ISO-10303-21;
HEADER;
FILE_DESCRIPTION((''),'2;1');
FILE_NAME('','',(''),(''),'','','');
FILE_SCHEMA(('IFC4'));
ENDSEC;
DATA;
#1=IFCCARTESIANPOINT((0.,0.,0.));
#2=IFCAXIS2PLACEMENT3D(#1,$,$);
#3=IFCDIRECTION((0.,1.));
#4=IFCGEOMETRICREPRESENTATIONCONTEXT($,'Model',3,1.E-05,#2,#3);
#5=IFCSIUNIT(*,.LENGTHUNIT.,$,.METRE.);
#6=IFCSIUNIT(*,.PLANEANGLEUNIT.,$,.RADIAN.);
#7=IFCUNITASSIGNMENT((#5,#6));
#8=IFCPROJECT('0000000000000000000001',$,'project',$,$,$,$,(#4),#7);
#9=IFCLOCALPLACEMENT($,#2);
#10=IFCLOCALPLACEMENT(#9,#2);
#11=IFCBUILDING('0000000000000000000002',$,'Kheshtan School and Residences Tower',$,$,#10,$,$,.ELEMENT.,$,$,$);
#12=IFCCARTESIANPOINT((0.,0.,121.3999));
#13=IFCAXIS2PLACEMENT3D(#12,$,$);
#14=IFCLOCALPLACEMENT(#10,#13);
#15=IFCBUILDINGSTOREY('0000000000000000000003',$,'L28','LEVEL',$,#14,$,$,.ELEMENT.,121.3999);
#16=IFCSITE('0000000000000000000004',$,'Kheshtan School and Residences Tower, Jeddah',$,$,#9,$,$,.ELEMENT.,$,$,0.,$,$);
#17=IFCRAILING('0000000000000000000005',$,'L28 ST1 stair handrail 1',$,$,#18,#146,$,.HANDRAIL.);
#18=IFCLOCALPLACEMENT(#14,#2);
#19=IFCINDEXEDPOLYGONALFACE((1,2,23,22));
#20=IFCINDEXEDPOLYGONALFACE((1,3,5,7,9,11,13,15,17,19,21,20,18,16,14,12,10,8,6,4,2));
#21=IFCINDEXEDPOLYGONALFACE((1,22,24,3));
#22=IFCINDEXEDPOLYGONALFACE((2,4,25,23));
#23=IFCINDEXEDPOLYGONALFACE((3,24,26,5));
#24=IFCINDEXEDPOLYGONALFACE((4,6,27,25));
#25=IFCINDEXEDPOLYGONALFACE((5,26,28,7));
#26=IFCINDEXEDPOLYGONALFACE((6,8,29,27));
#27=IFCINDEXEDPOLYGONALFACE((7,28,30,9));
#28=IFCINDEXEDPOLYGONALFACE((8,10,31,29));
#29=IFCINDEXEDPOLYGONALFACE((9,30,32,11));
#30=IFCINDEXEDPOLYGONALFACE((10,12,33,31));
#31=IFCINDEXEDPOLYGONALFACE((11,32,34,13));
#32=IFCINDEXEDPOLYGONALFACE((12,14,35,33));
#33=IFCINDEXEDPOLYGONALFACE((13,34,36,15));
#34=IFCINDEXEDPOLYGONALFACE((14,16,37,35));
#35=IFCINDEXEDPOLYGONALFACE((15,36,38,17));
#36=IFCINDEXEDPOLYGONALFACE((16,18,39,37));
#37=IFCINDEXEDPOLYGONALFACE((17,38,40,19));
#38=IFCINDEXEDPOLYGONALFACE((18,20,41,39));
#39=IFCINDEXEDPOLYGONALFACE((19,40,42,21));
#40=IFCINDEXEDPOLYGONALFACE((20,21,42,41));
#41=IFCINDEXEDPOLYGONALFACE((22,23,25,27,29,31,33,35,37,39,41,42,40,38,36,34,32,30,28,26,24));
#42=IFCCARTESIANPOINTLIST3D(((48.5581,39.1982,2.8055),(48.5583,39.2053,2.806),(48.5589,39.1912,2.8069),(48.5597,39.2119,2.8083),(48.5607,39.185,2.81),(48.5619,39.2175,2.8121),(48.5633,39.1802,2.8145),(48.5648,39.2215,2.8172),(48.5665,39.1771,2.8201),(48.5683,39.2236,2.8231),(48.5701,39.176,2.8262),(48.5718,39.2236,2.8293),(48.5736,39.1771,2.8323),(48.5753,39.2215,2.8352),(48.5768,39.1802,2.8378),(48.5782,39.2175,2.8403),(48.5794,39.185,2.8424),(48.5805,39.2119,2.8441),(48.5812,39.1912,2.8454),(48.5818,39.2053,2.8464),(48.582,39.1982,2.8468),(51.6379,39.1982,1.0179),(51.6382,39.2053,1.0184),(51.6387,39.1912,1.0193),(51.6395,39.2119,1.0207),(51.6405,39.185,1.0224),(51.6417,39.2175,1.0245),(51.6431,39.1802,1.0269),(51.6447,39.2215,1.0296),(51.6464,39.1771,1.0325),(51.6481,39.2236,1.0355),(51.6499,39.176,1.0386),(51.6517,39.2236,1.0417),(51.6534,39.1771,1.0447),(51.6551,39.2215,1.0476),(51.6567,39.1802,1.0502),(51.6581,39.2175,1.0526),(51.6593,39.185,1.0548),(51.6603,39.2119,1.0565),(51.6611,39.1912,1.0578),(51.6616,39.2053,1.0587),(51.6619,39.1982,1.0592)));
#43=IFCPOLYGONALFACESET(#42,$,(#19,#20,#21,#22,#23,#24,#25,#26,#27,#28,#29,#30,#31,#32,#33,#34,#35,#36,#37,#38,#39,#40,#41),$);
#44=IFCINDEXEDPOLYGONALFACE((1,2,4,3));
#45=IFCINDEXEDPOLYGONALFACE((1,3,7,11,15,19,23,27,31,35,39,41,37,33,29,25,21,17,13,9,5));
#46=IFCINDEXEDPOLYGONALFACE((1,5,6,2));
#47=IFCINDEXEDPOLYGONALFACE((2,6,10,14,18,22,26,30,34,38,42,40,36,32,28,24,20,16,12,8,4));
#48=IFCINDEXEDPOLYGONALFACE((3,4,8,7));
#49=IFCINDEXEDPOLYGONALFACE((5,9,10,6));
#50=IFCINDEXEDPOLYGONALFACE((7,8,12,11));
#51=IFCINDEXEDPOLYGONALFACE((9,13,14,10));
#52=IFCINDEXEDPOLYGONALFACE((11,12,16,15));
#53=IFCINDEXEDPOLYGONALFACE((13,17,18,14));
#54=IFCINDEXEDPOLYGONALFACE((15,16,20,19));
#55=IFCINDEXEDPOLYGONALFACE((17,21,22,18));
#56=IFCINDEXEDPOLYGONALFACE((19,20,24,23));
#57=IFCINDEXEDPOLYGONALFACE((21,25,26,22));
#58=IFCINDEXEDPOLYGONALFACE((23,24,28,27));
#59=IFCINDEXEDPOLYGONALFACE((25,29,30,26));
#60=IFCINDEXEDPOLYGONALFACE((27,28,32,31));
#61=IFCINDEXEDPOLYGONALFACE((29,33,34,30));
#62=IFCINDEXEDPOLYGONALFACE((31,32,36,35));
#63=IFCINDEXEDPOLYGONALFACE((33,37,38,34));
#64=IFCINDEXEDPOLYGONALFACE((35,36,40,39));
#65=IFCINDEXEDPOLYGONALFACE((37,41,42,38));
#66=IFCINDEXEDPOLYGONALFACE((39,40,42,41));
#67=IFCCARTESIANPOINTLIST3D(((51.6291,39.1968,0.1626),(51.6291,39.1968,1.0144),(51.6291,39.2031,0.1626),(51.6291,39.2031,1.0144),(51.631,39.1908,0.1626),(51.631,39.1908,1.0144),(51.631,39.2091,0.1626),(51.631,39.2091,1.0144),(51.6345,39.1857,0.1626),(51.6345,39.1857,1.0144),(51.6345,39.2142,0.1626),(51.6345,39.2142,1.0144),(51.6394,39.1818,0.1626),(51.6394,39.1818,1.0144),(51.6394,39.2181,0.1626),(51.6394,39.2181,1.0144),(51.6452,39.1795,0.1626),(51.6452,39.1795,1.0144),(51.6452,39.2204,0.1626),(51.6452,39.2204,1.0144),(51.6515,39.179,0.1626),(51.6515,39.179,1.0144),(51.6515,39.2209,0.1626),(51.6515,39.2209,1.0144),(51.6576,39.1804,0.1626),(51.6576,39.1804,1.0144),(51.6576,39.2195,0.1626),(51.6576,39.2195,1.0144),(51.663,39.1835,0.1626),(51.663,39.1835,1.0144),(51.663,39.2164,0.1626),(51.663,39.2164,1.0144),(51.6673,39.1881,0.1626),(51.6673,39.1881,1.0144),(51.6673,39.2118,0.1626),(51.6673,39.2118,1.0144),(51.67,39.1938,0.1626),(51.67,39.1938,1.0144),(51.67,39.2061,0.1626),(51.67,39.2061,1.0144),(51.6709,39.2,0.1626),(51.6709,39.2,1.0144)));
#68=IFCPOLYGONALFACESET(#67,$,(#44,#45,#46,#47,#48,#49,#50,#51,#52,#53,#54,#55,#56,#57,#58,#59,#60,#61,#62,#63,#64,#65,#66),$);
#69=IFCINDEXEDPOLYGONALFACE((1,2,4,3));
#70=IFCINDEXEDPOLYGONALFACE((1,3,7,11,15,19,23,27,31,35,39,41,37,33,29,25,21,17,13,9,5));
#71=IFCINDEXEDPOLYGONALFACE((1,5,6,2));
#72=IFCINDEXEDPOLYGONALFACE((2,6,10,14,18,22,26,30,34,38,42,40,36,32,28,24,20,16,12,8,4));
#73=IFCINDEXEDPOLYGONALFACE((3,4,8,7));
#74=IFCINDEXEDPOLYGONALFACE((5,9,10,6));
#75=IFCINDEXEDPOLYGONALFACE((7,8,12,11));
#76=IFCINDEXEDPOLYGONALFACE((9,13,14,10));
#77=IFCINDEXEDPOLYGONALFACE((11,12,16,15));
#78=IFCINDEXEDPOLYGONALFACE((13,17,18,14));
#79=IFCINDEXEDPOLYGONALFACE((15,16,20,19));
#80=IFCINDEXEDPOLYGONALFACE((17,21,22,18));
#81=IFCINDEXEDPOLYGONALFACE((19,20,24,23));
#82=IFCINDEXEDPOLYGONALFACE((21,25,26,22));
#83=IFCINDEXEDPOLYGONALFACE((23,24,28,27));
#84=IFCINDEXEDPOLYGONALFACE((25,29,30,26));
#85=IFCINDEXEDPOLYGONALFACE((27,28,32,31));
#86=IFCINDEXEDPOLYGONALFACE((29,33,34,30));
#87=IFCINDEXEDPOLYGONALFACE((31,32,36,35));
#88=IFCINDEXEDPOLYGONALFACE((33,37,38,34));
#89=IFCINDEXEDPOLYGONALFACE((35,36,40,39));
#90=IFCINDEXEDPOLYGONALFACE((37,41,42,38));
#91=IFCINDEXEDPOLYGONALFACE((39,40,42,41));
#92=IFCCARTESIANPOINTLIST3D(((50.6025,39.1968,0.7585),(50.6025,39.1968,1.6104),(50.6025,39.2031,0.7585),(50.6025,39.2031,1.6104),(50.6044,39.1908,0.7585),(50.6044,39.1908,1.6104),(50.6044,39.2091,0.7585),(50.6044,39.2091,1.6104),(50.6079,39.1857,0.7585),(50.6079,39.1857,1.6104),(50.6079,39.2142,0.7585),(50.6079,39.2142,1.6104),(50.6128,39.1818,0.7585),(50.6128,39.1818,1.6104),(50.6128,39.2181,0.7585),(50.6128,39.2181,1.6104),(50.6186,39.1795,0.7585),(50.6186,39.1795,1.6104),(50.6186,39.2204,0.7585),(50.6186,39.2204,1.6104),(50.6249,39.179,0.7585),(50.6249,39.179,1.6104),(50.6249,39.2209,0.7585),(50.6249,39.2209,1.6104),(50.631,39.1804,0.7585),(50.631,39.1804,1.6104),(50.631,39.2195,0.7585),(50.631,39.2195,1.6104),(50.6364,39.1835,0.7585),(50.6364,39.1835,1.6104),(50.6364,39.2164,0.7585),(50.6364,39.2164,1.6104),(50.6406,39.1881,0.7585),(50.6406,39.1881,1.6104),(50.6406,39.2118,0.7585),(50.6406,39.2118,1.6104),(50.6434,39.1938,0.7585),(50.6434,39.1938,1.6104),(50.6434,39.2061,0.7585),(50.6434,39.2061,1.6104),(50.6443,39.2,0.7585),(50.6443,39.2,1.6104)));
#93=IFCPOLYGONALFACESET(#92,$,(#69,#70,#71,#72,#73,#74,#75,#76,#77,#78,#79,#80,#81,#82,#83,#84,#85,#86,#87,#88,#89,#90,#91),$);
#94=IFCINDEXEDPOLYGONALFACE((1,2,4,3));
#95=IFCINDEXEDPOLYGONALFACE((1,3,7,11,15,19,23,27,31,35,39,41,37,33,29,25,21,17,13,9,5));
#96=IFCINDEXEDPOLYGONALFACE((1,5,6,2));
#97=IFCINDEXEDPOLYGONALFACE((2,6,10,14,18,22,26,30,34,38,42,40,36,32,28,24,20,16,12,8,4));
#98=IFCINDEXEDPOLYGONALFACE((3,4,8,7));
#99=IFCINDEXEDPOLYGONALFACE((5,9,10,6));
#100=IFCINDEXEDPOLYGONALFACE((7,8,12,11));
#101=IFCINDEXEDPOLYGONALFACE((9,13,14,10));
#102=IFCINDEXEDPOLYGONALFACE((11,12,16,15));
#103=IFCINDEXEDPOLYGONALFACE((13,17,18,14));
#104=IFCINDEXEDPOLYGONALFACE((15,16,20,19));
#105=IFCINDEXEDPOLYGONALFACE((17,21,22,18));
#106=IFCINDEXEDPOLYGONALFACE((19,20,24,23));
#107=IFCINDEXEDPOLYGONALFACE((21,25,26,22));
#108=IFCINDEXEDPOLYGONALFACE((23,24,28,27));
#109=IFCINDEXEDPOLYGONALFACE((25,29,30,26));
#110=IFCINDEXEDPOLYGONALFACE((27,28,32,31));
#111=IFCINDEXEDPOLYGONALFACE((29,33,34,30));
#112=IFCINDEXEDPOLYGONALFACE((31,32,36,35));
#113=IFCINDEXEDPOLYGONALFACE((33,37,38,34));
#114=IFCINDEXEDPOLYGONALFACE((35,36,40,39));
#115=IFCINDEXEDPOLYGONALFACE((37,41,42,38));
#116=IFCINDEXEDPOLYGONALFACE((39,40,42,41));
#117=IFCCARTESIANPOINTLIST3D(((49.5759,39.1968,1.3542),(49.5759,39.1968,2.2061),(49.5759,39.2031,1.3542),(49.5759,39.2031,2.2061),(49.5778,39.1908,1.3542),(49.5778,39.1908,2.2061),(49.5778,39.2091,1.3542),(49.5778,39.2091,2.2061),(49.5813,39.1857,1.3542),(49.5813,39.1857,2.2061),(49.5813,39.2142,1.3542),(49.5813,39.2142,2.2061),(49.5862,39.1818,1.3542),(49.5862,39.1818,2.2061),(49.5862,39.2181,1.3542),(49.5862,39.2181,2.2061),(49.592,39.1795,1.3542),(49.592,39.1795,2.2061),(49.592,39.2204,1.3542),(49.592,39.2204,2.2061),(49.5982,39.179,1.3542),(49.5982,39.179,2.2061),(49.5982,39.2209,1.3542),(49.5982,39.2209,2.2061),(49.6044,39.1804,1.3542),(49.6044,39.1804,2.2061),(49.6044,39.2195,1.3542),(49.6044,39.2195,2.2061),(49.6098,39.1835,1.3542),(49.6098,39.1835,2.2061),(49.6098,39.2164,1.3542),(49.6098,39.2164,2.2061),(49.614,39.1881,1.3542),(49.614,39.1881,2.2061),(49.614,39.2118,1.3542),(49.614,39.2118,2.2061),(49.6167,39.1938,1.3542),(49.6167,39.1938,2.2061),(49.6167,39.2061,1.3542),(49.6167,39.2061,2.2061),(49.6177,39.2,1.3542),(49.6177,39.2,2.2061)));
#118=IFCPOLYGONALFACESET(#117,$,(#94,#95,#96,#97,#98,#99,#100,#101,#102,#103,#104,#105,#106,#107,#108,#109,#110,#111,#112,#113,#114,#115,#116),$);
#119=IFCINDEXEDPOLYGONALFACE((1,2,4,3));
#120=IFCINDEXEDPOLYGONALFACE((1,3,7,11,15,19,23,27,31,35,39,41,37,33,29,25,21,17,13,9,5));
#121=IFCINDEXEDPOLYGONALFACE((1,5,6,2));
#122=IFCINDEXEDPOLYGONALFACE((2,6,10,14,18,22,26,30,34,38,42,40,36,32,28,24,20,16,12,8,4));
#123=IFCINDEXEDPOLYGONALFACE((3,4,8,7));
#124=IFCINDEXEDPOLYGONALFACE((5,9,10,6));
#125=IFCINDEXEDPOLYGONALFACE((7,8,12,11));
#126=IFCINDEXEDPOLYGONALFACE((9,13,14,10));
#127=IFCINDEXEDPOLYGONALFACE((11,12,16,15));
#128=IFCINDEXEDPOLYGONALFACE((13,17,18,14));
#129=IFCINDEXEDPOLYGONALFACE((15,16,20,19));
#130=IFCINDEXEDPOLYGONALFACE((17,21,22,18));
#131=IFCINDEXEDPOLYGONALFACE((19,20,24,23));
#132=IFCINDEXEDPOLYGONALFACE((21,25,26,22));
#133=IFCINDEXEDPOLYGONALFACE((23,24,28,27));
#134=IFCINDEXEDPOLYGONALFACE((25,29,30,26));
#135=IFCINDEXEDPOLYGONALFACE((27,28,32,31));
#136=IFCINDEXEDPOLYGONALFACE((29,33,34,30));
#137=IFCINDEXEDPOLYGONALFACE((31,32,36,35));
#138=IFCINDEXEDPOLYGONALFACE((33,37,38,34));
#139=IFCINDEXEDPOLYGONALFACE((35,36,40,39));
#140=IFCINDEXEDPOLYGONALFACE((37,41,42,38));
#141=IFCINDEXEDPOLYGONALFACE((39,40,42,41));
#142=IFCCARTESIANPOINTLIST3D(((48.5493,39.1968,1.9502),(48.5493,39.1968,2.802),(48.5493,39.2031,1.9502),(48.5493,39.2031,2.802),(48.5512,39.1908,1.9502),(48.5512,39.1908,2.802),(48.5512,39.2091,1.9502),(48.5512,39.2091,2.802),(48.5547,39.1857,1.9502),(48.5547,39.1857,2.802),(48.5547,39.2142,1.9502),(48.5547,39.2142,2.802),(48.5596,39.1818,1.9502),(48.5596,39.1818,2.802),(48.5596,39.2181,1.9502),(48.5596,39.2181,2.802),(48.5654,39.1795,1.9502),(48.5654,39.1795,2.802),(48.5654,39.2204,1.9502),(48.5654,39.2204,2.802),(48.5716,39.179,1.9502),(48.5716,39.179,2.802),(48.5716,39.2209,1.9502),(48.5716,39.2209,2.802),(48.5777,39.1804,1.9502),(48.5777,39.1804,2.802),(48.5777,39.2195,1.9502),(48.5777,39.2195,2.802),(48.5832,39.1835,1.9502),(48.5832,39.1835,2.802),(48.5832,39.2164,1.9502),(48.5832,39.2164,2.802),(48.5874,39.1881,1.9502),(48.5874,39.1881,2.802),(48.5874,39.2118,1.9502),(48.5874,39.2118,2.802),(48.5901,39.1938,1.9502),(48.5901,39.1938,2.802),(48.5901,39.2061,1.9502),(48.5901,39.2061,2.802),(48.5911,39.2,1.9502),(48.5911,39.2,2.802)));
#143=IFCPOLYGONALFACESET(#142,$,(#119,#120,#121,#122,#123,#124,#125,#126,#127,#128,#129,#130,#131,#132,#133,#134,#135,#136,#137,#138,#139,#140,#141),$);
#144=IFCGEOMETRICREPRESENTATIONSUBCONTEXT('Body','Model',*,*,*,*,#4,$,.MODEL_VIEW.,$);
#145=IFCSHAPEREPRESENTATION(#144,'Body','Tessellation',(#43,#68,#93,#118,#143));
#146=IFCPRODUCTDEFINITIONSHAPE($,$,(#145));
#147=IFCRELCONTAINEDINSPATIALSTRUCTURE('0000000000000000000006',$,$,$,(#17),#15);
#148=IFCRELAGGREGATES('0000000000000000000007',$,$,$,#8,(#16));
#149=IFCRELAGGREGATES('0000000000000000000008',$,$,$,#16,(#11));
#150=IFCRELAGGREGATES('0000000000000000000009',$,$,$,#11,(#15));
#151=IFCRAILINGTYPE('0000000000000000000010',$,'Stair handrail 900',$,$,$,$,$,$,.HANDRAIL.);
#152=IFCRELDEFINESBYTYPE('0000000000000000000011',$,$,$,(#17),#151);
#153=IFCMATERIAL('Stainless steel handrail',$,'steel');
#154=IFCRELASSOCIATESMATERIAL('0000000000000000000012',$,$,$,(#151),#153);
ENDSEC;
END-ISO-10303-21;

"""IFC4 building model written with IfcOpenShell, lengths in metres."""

from ifc_helpers import new_model, si_unit, direction, frame, origin, origin_2d, place, context, subcontext, project, spatial, circle, extrude, material, type_object, element, save


model = new_model("IFC4")

# Units and contexts
model_context = context("Model", 3, precision=1e-05, world=origin(), true_north=direction((0.0, 1.0)))
body_context = subcontext(model_context, "Body", "Model", "MODEL_VIEW")
ifc_project = project(units=[si_unit("LENGTHUNIT", "METRE"), si_unit("PLANEANGLEUNIT", "RADIAN")], contexts=[model_context])

# Site, building, storey
site_placement = place(None, origin())
site = spatial("IfcSite", under=ifc_project, at=site_placement, Name="Kheshtan School and Residences Tower, Jeddah", CompositionType="ELEMENT", RefElevation=0.0)
building_placement = place(site_placement, origin())
building = spatial("IfcBuilding", under=site, at=building_placement, Name="Kheshtan School and Residences Tower", CompositionType="ELEMENT")
storey_placement = place(building_placement, frame((0.0, 0.0, 121.3999)))
storey = spatial("IfcBuildingStorey", under=building, at=storey_placement, Name="L28", Description="LEVEL", CompositionType="ELEMENT", Elevation=121.3999)

# Railing
ifc_material_1 = material(Name="Stainless steel handrail", Category="steel")
railing_type_1 = type_object("IfcRailingType", Name="Stair handrail 900", PredefinedType="HANDRAIL", material=ifc_material_1)
railing_1_placement = place(storey_placement, frame((51.6499, 39.2, 0.1626)))
element("IfcRailing", 1, at=railing_1_placement, inside=storey, type_object=railing_type_1, Name="L28 ST1 stair handrail 1", PredefinedType="HANDRAIL", context=body_context, shape_type="SweptSolid", body=[
    extrude(circle(Radius=0.0239, at=origin_2d()), frame((0.0, 0.0, 0.876), z_axis=(-0.864873, 0.0, 0.50199), x_axis=(0.0, -1.0, 0.0)), (0.0, 0.0, 1.0), 3.561),
    extrude(circle(Radius=0.021, at=origin_2d()), origin(), (0.0, 0.0, 1.0), 0.8518),
    extrude(circle(Radius=0.021, at=origin_2d()), frame((-1.0266, 0.0, 0.5959)), (0.0, 0.0, 1.0), 0.8518),
    extrude(circle(Radius=0.021, at=origin_2d()), frame((-2.0532, 0.0, 1.1917)), (0.0, 0.0, 1.0), 0.8518),
    extrude(circle(Radius=0.021, at=origin_2d()), frame((-3.0798, 0.0, 1.7876)), (0.0, 0.0, 1.0), 0.8518),
])

save(model, "model.ifc")
